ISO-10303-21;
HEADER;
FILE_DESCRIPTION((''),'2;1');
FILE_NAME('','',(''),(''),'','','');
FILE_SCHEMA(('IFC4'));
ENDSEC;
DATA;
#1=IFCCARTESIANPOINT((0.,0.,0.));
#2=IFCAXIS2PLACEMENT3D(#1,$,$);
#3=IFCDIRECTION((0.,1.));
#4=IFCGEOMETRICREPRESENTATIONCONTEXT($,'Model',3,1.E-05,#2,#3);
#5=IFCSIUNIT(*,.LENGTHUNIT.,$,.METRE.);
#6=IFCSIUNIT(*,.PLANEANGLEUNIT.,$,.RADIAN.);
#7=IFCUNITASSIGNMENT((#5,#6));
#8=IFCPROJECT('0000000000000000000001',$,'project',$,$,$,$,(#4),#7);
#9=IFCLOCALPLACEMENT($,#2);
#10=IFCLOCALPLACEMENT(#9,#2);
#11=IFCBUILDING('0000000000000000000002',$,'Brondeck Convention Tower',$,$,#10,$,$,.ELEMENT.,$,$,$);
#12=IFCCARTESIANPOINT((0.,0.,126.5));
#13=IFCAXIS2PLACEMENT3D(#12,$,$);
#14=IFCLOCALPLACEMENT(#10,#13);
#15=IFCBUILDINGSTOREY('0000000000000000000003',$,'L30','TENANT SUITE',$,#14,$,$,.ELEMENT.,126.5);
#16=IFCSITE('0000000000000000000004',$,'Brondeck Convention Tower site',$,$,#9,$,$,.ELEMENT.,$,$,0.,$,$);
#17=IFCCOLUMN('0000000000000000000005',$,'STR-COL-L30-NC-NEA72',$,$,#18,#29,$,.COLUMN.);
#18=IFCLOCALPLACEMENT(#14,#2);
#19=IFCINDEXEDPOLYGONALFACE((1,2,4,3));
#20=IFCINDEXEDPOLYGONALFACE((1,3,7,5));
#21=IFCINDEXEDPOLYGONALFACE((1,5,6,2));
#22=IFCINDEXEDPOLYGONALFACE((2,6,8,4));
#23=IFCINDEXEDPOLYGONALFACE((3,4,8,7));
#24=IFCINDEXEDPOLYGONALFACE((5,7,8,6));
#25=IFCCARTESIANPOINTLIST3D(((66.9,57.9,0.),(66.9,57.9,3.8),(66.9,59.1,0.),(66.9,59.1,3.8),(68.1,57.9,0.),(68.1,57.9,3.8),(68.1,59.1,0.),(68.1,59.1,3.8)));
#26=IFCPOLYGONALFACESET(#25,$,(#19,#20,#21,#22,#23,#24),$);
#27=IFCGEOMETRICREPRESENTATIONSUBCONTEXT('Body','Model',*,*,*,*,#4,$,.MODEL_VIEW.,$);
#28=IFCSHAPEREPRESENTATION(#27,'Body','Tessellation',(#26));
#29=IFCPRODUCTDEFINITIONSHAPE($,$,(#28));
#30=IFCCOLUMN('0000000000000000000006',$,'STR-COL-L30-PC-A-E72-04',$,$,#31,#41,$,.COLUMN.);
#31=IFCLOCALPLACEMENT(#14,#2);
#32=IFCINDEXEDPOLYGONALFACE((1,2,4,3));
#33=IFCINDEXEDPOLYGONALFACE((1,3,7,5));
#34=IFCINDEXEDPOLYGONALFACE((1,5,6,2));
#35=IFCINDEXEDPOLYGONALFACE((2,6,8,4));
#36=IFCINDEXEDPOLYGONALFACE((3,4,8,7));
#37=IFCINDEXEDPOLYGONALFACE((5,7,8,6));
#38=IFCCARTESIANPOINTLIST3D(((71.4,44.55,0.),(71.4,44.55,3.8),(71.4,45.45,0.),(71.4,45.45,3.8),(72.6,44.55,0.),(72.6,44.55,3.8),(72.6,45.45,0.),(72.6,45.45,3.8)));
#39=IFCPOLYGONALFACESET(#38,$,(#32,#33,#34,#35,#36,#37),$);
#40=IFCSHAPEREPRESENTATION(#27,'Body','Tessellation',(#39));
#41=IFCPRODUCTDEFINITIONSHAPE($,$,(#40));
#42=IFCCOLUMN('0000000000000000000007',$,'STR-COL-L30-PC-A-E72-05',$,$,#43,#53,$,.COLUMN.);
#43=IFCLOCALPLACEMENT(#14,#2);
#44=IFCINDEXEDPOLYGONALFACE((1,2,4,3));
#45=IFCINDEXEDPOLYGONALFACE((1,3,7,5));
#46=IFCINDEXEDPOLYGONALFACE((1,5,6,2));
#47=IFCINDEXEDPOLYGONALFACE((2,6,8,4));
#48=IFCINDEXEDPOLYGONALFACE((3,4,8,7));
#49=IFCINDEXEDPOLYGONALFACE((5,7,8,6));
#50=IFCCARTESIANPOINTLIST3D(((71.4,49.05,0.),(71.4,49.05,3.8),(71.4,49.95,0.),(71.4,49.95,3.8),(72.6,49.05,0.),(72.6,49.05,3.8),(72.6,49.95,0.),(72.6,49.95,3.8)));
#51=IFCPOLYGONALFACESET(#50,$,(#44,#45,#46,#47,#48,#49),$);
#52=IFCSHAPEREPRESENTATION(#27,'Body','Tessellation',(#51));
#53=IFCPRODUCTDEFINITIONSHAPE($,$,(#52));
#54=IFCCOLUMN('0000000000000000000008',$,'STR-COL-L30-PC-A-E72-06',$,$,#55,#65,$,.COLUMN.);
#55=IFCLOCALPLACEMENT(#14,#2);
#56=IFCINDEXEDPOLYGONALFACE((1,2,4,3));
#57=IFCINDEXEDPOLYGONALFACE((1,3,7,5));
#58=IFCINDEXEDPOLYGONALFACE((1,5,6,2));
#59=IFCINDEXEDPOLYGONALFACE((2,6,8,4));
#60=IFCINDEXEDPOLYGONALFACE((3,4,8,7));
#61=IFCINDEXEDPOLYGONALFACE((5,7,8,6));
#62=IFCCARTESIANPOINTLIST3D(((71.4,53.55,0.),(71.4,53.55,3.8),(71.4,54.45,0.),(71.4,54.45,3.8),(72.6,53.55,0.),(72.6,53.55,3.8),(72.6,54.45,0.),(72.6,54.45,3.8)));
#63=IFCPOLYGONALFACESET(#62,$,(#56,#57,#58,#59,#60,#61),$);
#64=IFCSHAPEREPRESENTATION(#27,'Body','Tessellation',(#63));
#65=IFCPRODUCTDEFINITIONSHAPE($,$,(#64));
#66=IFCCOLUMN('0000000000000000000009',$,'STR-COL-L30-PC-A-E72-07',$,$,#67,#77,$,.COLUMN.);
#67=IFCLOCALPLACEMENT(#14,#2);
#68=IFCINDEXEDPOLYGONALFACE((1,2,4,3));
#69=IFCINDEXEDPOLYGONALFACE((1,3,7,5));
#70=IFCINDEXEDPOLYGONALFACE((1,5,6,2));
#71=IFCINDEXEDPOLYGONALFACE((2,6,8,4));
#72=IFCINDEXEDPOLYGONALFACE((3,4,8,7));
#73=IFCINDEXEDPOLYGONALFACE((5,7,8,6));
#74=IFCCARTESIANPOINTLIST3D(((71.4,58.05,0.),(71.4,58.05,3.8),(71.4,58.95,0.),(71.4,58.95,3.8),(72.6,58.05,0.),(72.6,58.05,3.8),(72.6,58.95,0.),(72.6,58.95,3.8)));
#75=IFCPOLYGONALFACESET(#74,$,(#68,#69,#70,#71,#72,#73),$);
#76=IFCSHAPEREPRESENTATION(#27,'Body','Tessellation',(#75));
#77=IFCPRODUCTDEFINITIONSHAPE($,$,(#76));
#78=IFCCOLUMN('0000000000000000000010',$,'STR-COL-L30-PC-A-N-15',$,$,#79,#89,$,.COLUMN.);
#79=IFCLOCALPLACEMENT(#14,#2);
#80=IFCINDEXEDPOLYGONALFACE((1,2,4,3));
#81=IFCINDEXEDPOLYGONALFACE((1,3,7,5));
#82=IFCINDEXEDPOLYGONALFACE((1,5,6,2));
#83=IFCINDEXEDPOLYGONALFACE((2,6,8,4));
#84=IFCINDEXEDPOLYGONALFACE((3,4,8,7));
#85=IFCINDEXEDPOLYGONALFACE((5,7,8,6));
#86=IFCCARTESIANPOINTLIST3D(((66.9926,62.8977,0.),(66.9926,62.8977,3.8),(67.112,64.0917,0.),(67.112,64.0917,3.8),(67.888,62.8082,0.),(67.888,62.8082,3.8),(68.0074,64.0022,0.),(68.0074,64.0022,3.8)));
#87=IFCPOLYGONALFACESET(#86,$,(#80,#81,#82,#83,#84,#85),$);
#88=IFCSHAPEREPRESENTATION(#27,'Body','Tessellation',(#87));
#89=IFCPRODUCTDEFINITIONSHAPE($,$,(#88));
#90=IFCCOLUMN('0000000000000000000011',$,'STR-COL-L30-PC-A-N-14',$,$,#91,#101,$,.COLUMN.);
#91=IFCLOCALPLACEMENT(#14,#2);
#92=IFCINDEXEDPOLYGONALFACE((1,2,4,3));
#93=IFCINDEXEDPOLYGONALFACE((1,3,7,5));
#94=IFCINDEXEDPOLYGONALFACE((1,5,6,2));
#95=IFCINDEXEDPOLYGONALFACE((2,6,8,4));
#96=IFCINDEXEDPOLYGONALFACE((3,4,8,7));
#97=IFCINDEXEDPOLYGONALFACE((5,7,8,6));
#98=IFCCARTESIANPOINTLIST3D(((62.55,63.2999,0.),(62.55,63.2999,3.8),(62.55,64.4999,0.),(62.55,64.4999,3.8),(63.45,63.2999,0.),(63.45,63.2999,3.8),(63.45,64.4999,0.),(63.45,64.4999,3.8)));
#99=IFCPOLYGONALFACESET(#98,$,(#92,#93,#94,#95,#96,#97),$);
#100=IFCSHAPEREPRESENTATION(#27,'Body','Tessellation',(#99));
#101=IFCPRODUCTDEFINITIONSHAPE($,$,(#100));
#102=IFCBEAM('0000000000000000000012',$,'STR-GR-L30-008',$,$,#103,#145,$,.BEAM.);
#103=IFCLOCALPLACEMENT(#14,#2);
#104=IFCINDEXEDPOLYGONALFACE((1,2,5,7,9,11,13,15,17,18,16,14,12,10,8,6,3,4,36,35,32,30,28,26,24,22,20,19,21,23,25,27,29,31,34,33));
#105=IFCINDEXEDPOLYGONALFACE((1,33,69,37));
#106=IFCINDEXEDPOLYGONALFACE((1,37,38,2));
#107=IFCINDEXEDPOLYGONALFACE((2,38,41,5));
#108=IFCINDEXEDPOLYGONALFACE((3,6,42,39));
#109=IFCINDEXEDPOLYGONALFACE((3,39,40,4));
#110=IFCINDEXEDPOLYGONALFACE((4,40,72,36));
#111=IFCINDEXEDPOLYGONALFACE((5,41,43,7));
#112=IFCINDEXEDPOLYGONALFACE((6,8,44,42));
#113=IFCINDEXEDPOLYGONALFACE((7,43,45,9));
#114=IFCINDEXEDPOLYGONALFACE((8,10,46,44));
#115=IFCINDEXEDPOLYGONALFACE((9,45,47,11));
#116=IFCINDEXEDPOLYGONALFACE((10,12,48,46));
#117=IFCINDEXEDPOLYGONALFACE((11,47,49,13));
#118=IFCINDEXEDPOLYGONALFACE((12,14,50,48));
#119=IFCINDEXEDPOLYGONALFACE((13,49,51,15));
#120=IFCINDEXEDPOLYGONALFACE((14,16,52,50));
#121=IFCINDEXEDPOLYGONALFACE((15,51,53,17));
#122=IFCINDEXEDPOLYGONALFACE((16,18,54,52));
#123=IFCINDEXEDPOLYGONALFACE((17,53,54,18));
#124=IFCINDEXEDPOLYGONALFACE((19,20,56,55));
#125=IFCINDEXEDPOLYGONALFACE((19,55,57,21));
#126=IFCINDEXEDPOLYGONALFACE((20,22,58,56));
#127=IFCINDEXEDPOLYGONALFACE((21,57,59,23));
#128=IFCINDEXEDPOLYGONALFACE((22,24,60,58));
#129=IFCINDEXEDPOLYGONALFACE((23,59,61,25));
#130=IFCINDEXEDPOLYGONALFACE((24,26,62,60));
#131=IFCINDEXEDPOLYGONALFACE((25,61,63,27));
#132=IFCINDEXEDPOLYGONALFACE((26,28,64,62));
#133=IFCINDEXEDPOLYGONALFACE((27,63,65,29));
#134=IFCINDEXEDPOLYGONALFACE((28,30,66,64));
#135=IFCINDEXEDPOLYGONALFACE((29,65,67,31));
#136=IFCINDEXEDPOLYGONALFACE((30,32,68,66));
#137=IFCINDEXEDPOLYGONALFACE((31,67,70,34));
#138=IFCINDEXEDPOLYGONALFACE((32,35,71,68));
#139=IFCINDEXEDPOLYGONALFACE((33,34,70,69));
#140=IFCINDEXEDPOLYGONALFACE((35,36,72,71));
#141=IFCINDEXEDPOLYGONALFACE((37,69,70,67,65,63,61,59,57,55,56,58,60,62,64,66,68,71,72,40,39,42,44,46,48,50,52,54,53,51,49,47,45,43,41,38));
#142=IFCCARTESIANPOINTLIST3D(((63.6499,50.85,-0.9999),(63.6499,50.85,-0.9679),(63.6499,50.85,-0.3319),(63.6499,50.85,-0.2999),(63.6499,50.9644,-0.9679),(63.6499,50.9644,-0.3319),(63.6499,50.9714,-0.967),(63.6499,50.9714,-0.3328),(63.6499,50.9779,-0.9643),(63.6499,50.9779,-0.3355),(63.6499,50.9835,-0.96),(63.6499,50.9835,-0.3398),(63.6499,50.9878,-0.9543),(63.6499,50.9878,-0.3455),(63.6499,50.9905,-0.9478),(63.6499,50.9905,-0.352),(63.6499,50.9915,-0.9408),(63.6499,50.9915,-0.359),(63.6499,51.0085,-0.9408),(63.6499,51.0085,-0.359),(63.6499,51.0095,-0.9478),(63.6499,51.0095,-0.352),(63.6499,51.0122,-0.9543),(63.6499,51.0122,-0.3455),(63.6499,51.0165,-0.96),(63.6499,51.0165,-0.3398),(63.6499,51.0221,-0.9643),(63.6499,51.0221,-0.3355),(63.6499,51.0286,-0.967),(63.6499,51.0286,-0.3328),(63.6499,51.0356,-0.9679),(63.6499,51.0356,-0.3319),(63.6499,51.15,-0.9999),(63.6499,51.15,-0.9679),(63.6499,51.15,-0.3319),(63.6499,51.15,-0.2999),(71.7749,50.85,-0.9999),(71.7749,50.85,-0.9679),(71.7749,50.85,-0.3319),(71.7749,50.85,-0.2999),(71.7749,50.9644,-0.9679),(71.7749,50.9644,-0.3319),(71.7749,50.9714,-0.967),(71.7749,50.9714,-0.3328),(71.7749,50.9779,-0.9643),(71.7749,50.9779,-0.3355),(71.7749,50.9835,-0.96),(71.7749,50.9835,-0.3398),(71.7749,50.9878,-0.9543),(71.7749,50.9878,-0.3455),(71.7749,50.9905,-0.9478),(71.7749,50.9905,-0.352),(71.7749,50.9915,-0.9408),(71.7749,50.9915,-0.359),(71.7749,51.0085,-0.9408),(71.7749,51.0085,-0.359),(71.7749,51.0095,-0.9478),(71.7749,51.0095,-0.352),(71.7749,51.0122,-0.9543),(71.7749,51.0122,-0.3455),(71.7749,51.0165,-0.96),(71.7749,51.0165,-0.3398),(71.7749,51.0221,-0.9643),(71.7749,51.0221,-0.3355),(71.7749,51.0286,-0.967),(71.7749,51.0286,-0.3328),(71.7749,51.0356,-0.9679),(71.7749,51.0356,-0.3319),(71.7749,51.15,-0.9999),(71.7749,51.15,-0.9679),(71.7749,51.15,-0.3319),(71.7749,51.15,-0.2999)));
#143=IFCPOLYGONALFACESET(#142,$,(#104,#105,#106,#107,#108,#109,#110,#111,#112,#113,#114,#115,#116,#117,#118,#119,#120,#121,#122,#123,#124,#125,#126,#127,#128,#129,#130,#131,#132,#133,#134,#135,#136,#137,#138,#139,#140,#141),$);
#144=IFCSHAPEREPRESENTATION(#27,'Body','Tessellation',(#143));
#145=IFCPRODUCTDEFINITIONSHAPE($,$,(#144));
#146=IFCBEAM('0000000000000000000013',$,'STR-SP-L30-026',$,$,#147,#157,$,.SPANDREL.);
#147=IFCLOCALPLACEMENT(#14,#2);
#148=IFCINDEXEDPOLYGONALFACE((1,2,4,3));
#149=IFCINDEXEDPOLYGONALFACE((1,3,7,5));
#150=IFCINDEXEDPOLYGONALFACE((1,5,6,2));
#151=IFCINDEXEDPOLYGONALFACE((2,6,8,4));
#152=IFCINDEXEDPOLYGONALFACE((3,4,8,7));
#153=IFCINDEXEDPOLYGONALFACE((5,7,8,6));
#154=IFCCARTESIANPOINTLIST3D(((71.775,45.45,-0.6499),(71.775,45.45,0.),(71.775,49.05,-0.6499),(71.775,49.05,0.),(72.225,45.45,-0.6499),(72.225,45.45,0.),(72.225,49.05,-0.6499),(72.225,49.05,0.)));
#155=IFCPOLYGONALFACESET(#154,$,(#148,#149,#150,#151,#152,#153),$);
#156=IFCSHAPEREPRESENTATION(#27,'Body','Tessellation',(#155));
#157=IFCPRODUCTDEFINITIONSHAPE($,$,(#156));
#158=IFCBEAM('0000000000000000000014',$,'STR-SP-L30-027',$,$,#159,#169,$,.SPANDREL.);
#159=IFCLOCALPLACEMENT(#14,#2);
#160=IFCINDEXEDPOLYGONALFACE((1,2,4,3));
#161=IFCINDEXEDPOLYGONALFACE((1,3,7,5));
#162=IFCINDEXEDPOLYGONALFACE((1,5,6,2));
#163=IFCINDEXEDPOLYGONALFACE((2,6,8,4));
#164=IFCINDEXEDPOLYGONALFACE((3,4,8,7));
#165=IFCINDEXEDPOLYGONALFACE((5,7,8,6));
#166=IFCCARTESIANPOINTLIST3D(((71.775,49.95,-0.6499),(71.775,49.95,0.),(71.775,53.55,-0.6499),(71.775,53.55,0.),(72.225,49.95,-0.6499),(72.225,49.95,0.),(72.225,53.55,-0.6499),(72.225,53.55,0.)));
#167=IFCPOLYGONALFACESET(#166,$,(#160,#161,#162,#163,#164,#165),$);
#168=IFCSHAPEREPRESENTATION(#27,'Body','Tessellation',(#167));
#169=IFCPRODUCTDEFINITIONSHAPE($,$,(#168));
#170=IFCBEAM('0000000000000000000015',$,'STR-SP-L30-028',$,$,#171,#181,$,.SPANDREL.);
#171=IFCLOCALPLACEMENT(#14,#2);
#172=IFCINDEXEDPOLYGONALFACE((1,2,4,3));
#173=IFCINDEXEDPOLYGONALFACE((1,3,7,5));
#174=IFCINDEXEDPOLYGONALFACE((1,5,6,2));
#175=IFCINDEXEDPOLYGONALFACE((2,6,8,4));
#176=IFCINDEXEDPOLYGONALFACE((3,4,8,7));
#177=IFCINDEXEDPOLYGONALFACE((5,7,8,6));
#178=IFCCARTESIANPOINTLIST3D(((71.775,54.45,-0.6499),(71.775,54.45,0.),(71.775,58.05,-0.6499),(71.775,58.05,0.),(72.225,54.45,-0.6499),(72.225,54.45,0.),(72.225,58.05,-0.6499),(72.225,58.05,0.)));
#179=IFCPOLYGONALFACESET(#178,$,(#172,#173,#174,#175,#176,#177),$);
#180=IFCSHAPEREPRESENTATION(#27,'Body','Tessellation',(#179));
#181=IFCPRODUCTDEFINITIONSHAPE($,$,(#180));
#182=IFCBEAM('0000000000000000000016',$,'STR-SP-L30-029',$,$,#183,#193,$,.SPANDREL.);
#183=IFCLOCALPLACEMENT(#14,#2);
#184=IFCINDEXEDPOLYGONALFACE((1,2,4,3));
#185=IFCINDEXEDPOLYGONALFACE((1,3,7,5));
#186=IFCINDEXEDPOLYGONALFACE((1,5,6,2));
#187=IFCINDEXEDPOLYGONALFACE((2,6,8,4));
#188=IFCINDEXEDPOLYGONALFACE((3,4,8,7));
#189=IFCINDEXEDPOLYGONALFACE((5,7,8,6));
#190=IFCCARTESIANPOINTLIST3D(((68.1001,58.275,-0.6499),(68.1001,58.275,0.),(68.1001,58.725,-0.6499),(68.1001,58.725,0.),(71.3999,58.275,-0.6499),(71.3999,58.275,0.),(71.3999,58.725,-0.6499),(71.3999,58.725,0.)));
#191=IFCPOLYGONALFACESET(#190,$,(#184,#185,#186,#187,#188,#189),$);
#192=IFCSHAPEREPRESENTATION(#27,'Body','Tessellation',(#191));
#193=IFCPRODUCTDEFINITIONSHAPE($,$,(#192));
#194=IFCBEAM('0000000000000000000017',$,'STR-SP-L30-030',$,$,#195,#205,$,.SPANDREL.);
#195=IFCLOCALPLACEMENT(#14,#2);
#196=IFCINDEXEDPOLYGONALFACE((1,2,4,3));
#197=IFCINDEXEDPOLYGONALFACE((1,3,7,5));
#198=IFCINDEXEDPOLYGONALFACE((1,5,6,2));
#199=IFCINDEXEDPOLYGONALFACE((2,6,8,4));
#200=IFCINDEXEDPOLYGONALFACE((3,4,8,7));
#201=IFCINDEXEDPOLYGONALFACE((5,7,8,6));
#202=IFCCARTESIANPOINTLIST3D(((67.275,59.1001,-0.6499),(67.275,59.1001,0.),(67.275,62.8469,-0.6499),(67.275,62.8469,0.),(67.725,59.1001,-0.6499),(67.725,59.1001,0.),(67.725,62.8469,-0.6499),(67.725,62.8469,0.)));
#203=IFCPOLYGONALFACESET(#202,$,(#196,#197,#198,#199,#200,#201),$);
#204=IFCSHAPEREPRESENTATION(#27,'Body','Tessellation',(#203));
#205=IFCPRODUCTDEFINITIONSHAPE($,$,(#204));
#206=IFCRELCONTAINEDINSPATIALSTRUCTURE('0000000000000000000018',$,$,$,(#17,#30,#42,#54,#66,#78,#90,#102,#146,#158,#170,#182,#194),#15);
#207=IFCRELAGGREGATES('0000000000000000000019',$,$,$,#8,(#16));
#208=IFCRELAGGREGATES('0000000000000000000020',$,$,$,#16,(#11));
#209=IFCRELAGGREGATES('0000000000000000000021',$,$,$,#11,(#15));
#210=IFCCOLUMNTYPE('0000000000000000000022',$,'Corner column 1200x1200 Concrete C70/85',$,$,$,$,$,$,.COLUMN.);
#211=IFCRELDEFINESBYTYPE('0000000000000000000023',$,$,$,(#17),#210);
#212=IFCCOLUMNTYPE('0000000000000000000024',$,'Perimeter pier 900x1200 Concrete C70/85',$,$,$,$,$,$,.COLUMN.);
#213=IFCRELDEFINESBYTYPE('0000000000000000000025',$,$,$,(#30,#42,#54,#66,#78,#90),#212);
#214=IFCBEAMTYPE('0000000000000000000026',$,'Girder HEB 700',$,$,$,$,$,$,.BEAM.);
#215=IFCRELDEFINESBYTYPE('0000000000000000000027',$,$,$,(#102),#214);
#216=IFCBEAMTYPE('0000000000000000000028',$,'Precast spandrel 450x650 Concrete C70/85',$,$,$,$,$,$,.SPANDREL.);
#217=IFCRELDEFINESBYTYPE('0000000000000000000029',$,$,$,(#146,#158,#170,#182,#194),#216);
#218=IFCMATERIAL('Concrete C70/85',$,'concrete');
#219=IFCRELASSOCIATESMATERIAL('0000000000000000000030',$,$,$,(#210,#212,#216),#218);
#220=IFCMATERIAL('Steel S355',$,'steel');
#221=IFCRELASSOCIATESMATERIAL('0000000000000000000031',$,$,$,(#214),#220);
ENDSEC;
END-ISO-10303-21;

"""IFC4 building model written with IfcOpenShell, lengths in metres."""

from ifc_helpers import new_model, si_unit, direction, frame, origin, origin_2d, place, context, subcontext, project, spatial, rectangle, i_section, extrude, material, material_profile, profile_set, type_object, element, save


model = new_model("IFC4")

# Units and contexts
model_context = context("Model", 3, precision=1e-05, world=origin(), true_north=direction((0.0, 1.0)))
body_context = subcontext(model_context, "Body", "Model", "MODEL_VIEW")
ifc_project = project(units=[si_unit("LENGTHUNIT", "METRE"), si_unit("PLANEANGLEUNIT", "RADIAN")], contexts=[model_context])

# Site, building, storey
site_placement = place(None, origin())
site = spatial("IfcSite", under=ifc_project, at=site_placement, Name="Brondeck Convention Tower site", CompositionType="ELEMENT", RefElevation=0.0)
building_placement = place(site_placement, origin())
building = spatial("IfcBuilding", under=site, at=building_placement, Name="Brondeck Convention Tower", CompositionType="ELEMENT")
storey_placement = place(building_placement, frame((0.0, 0.0, 126.5)))
storey = spatial("IfcBuildingStorey", under=building, at=storey_placement, Name="L30", Description="TENANT SUITE", CompositionType="ELEMENT", Elevation=126.5)

# Columns
ifc_material_1 = material(Name="Concrete C70/85", Category="concrete")
ifc_material_profile_1 = material_profile(ifc_material_1, rectangle(XDim=1.2, YDim=1.2, at=origin_2d()), Name="Corner column 1200x1200 Concrete C70/85")
ifc_profile_set_1 = profile_set([ifc_material_profile_1], Name="Concrete C70/85")
column_type_1 = type_object("IfcColumnType", Name="Corner column 1200x1200 Concrete C70/85", PredefinedType="COLUMN", material=ifc_profile_set_1)
column_placement = place(storey_placement, frame((67.5, 58.5, 0.0), z_axis=(0.0, 0.0, 1.0), x_axis=(1.0, 0.0, 0.0)))
element("IfcColumn", 1, at=column_placement, inside=storey, type_object=column_type_1, Name="STR-COL-L30-NC-NEA72", PredefinedType="COLUMN", context=body_context, shape_type="SweptSolid", body=[
    extrude(rectangle(XDim=1.2, YDim=1.2, at=origin_2d()), origin(), (0.0, 0.0, 1.0), 3.8),
])
ifc_material_profile_2 = material_profile(ifc_material_1, rectangle(XDim=0.8999, YDim=1.2, at=origin_2d()), Name="Perimeter pier 900x1200 Concrete C70/85")
ifc_profile_set_2 = profile_set([ifc_material_profile_2], Name="Concrete C70/85")
column_type_2 = type_object("IfcColumnType", Name="Perimeter pier 900x1200 Concrete C70/85", PredefinedType="COLUMN", material=ifc_profile_set_2)
for number, where, z_axis, x_axis, name in (
    (2, (72.0, 45.0, 0.0), (0.0, 0.0, 1.0), (0.0, 1.0, 0.0), "STR-COL-L30-PC-A-E72-04"),
    (3, (72.0, 49.5, 0.0), (0.0, 0.0, 1.0), (0.0, 1.0, 0.0), "STR-COL-L30-PC-A-E72-05"),
    (4, (72.0, 54.0, 0.0), (0.0, 0.0, 1.0), (0.0, 1.0, 0.0), "STR-COL-L30-PC-A-E72-06"),
    (5, (72.0, 58.5, 0.0), (0.0, 0.0, 1.0), (0.0, 1.0, 0.0), "STR-COL-L30-PC-A-E72-07"),
    (6, (67.5, 63.45, 0.0), (0.0, 0.0, 1.0), (-0.995037, 0.099504, 0.0), "STR-COL-L30-PC-A-N-15"),
    (7, (63.0, 63.8999, 0.0), (0.0, 0.0, 1.0), (-1.0, 0.0, 0.0), "STR-COL-L30-PC-A-N-14"),
):
    element("IfcColumn", number, at=place(storey_placement, frame(where, z_axis=z_axis, x_axis=x_axis)), inside=storey, type_object=column_type_2, Name=name, PredefinedType="COLUMN", context=body_context, shape_type="SweptSolid", body=[
        extrude(rectangle(XDim=0.8999, YDim=1.2, at=origin_2d()), origin(), (0.0, 0.0, 1.0), 3.8),
    ])

# Beams
ifc_material_2 = material(Name="Steel S355", Category="steel")
ifc_material_profile_3 = material_profile(ifc_material_2, i_section(OverallWidth=0.3, OverallDepth=0.7, WebThickness=0.0171, FlangeThickness=0.032, FilletRadius=0.0271, at=origin_2d()), Name="HEB 700")
ifc_profile_set_3 = profile_set([ifc_material_profile_3], Name="Steel S355")
beam_type_1 = type_object("IfcBeamType", Name="Girder HEB 700", PredefinedType="BEAM", material=ifc_profile_set_3)
beam_1_placement = place(storey_placement, frame((63.6499, 51.0, -0.6499), z_axis=(1.0, 0.0, 0.0), x_axis=(0.0, 1.0, 0.0)))
element("IfcBeam", 8, at=beam_1_placement, inside=storey, type_object=beam_type_1, Name="STR-GR-L30-008", PredefinedType="BEAM", context=body_context, shape_type="SweptSolid", body=[
    extrude(i_section(OverallWidth=0.3, OverallDepth=0.7, WebThickness=0.0171, FlangeThickness=0.032, FilletRadius=0.0271, at=origin_2d()), origin(), (0.0, 0.0, 1.0), 8.125),
])
ifc_material_profile_4 = material_profile(ifc_material_1, rectangle(XDim=0.45, YDim=0.6499, at=origin_2d()), Name="Precast spandrel 450x650 Concrete C70/85")
ifc_profile_set_4 = profile_set([ifc_material_profile_4], Name="Concrete C70/85")
beam_type_2 = type_object("IfcBeamType", Name="Precast spandrel 450x650 Concrete C70/85", PredefinedType="SPANDREL", material=ifc_profile_set_4)
for number, where, z_axis, x_axis, name in (
    (9, (72.0, 45.45, -0.325), (0.0, 1.0, 0.0), (-1.0, 0.0, 0.0), "STR-SP-L30-026"),
    (10, (72.0, 49.95, -0.325), (0.0, 1.0, 0.0), (-1.0, 0.0, 0.0), "STR-SP-L30-027"),
    (11, (72.0, 54.45, -0.325), (0.0, 1.0, 0.0), (-1.0, 0.0, 0.0), "STR-SP-L30-028"),
):
    element("IfcBeam", number, at=place(storey_placement, frame(where, z_axis=z_axis, x_axis=x_axis)), inside=storey, type_object=beam_type_2, Name=name, PredefinedType="SPANDREL", context=body_context, shape_type="SweptSolid", body=[
        extrude(rectangle(XDim=0.45, YDim=0.6499, at=origin_2d()), origin(), (0.0, 0.0, 1.0), 3.6001),
    ])
beam_2_placement = place(storey_placement, frame((71.3999, 58.5, -0.325), z_axis=(-1.0, 0.0, 0.0), x_axis=(0.0, -1.0, 0.0)))
element("IfcBeam", 12, at=beam_2_placement, inside=storey, type_object=beam_type_2, Name="STR-SP-L30-029", PredefinedType="SPANDREL", context=body_context, shape_type="SweptSolid", body=[
    extrude(rectangle(XDim=0.45, YDim=0.6499, at=origin_2d()), origin(), (0.0, 0.0, 1.0), 3.2998),
])
beam_3_placement = place(storey_placement, frame((67.5, 59.1001, -0.325), z_axis=(0.0, 1.0, 0.0), x_axis=(-1.0, 0.0, 0.0)))
element("IfcBeam", 13, at=beam_3_placement, inside=storey, type_object=beam_type_2, Name="STR-SP-L30-030", PredefinedType="SPANDREL", context=body_context, shape_type="SweptSolid", body=[
    extrude(rectangle(XDim=0.45, YDim=0.6499, at=origin_2d()), origin(), (0.0, 0.0, 1.0), 3.7468),
])

save(model, "model.ifc")
